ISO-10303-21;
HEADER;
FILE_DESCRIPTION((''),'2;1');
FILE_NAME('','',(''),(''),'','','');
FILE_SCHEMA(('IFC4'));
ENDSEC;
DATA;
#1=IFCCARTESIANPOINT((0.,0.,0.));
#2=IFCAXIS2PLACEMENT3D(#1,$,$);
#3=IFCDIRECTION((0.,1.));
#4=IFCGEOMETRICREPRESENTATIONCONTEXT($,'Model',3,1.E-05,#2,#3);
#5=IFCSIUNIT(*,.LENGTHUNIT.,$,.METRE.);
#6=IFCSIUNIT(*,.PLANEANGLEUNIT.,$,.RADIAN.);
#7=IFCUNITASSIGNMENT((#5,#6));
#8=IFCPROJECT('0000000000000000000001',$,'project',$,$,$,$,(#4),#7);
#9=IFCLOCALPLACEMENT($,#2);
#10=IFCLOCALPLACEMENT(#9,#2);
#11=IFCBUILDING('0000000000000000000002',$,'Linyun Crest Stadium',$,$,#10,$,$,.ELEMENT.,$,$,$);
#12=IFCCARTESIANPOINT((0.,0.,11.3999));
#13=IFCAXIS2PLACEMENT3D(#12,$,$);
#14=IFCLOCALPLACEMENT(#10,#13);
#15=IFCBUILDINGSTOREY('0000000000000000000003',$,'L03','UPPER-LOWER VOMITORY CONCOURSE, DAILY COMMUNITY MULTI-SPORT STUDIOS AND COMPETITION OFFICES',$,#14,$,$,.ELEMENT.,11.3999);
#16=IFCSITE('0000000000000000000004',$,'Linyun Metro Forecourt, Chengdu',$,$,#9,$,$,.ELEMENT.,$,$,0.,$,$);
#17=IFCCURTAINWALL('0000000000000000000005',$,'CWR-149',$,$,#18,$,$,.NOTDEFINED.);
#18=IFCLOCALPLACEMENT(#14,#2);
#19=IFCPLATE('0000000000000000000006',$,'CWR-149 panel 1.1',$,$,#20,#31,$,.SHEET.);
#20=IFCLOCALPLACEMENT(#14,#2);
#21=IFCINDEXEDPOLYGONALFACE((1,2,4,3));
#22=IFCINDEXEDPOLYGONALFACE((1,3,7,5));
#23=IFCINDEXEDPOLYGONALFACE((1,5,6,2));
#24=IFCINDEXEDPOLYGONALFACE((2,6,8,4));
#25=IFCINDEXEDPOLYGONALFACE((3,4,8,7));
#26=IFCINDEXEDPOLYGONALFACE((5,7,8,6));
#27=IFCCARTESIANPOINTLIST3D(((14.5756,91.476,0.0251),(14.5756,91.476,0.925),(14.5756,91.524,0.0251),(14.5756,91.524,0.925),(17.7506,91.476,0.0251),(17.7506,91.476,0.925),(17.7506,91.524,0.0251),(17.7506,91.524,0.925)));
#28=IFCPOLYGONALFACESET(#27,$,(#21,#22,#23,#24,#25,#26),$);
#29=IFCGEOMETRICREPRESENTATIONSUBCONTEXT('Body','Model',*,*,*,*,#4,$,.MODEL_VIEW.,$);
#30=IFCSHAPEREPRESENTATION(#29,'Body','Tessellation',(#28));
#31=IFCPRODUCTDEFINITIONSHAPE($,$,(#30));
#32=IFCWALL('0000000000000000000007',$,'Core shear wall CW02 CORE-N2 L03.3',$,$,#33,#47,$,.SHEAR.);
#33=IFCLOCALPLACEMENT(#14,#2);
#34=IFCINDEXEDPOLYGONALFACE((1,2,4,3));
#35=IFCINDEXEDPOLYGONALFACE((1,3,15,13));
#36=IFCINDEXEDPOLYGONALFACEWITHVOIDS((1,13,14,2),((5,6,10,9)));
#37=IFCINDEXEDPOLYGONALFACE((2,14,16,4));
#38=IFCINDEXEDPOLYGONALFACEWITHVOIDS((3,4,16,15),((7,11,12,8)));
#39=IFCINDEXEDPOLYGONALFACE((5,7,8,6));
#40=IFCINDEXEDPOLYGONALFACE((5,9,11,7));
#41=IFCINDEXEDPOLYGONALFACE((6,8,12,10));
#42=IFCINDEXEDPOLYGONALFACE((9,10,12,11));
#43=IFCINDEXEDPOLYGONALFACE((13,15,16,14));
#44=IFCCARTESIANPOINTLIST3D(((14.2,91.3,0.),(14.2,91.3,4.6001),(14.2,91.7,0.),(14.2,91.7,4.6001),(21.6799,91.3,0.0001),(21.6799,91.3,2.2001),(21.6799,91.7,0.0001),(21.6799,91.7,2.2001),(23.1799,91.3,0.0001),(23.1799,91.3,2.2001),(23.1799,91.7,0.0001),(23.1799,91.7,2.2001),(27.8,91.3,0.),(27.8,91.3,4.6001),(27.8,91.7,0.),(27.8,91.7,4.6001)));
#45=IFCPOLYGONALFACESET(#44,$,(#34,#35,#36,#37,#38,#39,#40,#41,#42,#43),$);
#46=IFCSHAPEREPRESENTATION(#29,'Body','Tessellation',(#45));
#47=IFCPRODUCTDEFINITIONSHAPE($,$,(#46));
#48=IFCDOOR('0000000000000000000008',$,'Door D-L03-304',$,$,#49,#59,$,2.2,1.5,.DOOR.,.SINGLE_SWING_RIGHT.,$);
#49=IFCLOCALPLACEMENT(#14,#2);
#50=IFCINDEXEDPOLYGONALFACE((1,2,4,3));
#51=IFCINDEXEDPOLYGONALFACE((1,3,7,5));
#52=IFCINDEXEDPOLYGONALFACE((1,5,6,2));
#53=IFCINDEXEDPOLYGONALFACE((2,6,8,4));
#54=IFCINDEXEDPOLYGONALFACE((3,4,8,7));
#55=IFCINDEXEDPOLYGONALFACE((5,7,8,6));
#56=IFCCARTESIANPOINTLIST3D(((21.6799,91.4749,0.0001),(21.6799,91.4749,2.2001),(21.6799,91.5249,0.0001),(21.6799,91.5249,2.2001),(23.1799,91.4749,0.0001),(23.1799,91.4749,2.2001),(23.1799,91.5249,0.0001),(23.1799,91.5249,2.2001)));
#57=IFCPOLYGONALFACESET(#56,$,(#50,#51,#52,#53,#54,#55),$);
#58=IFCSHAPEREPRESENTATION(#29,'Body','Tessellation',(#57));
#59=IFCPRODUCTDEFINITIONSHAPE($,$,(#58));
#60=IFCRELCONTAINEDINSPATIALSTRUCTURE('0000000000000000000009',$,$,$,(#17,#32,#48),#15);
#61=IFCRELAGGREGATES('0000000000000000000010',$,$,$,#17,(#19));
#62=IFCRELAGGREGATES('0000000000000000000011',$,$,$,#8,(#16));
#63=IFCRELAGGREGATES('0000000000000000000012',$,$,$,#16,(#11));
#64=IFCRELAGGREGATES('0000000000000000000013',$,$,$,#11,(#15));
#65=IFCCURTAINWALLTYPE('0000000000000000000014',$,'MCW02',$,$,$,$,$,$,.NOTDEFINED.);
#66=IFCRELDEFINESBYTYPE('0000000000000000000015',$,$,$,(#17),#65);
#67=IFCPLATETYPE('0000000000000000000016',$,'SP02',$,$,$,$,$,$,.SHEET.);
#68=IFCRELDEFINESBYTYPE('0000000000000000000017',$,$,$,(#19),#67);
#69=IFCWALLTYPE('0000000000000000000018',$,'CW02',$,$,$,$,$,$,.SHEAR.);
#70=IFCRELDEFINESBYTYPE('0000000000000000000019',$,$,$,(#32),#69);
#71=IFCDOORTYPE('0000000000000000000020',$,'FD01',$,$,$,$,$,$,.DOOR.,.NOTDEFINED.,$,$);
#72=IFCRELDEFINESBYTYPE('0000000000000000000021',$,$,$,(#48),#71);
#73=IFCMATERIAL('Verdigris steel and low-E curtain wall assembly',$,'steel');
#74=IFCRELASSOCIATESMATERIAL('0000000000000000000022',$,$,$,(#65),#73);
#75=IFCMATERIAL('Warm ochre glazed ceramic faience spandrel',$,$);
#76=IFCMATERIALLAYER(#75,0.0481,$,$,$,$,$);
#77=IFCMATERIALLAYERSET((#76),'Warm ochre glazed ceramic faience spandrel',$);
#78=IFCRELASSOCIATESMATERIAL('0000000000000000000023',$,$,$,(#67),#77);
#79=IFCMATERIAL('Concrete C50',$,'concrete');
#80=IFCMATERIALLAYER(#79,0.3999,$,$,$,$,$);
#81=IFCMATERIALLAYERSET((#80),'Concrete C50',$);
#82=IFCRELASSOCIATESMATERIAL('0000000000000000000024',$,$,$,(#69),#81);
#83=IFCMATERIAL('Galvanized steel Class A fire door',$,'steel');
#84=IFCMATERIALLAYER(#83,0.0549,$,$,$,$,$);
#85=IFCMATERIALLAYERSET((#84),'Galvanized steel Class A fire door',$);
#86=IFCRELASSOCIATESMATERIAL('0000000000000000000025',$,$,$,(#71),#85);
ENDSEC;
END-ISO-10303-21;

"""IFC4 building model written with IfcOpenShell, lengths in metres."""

from ifc_helpers import new_model, si_unit, direction, frame, frame_2d, origin, origin_2d, place, context, subcontext, project, spatial, rectangle, extrude, material, layer, layer_set, type_object, element, fill, aggregate, save


model = new_model("IFC4")

# Units and contexts
model_context = context("Model", 3, precision=1e-05, world=origin(), true_north=direction((0.0, 1.0)))
body_context = subcontext(model_context, "Body", "Model", "MODEL_VIEW")
ifc_project = project(units=[si_unit("LENGTHUNIT", "METRE"), si_unit("PLANEANGLEUNIT", "RADIAN")], contexts=[model_context])

# Site, building, storey
site_placement = place(None, origin())
site = spatial("IfcSite", under=ifc_project, at=site_placement, Name="Linyun Metro Forecourt, Chengdu", CompositionType="ELEMENT", RefElevation=0.0)
building_placement = place(site_placement, origin())
building = spatial("IfcBuilding", under=site, at=building_placement, Name="Linyun Crest Stadium", CompositionType="ELEMENT")
storey_placement = place(building_placement, frame((0.0, 0.0, 11.3999)))
storey = spatial("IfcBuildingStorey", under=building, at=storey_placement, Name="L03", Description="UPPER-LOWER VOMITORY CONCOURSE, DAILY COMMUNITY MULTI-SPORT STUDIOS AND COMPETITION OFFICES", CompositionType="ELEMENT", Elevation=11.3999)

# Curtain wall
ifc_material_1 = material(Name="Verdigris steel and low-E curtain wall assembly", Category="steel")
curtain_wall_type = type_object("IfcCurtainWallType", Name="MCW02", PredefinedType="NOTDEFINED", material=ifc_material_1)
curtain_wall_1_placement = place(storey_placement, origin())
curtain_wall_1 = element("IfcCurtainWall", 1, at=curtain_wall_1_placement, inside=storey, type_object=curtain_wall_type, Name="CWR-149", PredefinedType="NOTDEFINED")

# Plate
ifc_material_2 = material(Name="Warm ochre glazed ceramic faience spandrel")
ifc_layer_1 = layer(ifc_material_2, 0.0481)
ifc_layer_set_1 = layer_set([ifc_layer_1], Name="Warm ochre glazed ceramic faience spandrel")
plate_type_1 = type_object("IfcPlateType", Name="SP02", PredefinedType="SHEET", material=ifc_layer_set_1)
plate_1_placement = place(storey_placement, frame((16.1631, 91.5, 0.0251), z_axis=(0.0, 0.0, 1.0), x_axis=(1.0, 0.0, 0.0)))
plate_1 = element("IfcPlate", 2, at=plate_1_placement, type_object=plate_type_1, Name="CWR-149 panel 1.1", PredefinedType="SHEET", context=body_context, shape_type="SweptSolid", body=[
    extrude(rectangle(XDim=3.175, YDim=0.0481, at=origin_2d()), origin(), (0.0, 0.0, 1.0), 0.8999),
])
aggregate(curtain_wall_1, [plate_1])

# Wall, opening, door
ifc_material_3 = material(Name="Concrete C50", Category="concrete")
ifc_layer_2 = layer(ifc_material_3, 0.3999)
ifc_layer_set_2 = layer_set([ifc_layer_2], Name="Concrete C50")
wall_type = type_object("IfcWallType", Name="CW02", PredefinedType="SHEAR", material=ifc_layer_set_2)
wall_placement = place(storey_placement, frame((14.2, 91.5, 0.0), z_axis=(0.0, 0.0, 1.0), x_axis=(1.0, 0.0, 0.0)))
wall = element("IfcWall", 3, at=wall_placement, inside=storey, type_object=wall_type, Name="Core shear wall CW02 CORE-N2 L03.3", PredefinedType="SHEAR", context=body_context, shape_type="SweptSolid", body=[
    extrude(rectangle(XDim=13.6001, YDim=0.3999, at=frame_2d((6.8, 0.0))), origin(), (0.0, 0.0, 1.0), 4.6001),
])
opening_placement = place(wall_placement, frame((7.48, 0.0, 0.0)))
opening = element("IfcOpeningElement", 4, at=opening_placement, cuts=wall, PredefinedType="OPENING", context=body_context, shape_type="SweptSolid", body=[
    extrude(rectangle(XDim=1.5, YDim=2.2, at=frame_2d((0.75, 1.1001))), frame((0.0, 0.21, 0.0), z_axis=(0.0, -1.0, 0.0), x_axis=(1.0, 0.0, 0.0)), (0.0, 0.0, 1.0), 0.4199),
])
ifc_material_4 = material(Name="Galvanized steel Class A fire door", Category="steel")
ifc_layer_3 = layer(ifc_material_4, 0.0549)
ifc_layer_set_3 = layer_set([ifc_layer_3], Name="Galvanized steel Class A fire door")
door_type = type_object("IfcDoorType", Name="FD01", OperationType="NOTDEFINED", PredefinedType="DOOR", material=ifc_layer_set_3)
door_placement = place(opening_placement, origin())
door = element("IfcDoor", 5, at=door_placement, inside=storey, type_object=door_type, Name="Door D-L03-304", OperationType="SINGLE_SWING_RIGHT", OverallHeight=2.2, OverallWidth=1.5, PredefinedType="DOOR", context=body_context, shape_type="SweptSolid", body=[
    extrude(rectangle(XDim=1.5, YDim=2.2, at=frame_2d((0.75, 1.1001))), frame((0.0, 0.0249, 0.0), z_axis=(0.0, -1.0, 0.0), x_axis=(1.0, 0.0, 0.0)), (0.0, 0.0, 1.0), 0.05),
])
fill(opening, door)

save(model, "model.ifc")
